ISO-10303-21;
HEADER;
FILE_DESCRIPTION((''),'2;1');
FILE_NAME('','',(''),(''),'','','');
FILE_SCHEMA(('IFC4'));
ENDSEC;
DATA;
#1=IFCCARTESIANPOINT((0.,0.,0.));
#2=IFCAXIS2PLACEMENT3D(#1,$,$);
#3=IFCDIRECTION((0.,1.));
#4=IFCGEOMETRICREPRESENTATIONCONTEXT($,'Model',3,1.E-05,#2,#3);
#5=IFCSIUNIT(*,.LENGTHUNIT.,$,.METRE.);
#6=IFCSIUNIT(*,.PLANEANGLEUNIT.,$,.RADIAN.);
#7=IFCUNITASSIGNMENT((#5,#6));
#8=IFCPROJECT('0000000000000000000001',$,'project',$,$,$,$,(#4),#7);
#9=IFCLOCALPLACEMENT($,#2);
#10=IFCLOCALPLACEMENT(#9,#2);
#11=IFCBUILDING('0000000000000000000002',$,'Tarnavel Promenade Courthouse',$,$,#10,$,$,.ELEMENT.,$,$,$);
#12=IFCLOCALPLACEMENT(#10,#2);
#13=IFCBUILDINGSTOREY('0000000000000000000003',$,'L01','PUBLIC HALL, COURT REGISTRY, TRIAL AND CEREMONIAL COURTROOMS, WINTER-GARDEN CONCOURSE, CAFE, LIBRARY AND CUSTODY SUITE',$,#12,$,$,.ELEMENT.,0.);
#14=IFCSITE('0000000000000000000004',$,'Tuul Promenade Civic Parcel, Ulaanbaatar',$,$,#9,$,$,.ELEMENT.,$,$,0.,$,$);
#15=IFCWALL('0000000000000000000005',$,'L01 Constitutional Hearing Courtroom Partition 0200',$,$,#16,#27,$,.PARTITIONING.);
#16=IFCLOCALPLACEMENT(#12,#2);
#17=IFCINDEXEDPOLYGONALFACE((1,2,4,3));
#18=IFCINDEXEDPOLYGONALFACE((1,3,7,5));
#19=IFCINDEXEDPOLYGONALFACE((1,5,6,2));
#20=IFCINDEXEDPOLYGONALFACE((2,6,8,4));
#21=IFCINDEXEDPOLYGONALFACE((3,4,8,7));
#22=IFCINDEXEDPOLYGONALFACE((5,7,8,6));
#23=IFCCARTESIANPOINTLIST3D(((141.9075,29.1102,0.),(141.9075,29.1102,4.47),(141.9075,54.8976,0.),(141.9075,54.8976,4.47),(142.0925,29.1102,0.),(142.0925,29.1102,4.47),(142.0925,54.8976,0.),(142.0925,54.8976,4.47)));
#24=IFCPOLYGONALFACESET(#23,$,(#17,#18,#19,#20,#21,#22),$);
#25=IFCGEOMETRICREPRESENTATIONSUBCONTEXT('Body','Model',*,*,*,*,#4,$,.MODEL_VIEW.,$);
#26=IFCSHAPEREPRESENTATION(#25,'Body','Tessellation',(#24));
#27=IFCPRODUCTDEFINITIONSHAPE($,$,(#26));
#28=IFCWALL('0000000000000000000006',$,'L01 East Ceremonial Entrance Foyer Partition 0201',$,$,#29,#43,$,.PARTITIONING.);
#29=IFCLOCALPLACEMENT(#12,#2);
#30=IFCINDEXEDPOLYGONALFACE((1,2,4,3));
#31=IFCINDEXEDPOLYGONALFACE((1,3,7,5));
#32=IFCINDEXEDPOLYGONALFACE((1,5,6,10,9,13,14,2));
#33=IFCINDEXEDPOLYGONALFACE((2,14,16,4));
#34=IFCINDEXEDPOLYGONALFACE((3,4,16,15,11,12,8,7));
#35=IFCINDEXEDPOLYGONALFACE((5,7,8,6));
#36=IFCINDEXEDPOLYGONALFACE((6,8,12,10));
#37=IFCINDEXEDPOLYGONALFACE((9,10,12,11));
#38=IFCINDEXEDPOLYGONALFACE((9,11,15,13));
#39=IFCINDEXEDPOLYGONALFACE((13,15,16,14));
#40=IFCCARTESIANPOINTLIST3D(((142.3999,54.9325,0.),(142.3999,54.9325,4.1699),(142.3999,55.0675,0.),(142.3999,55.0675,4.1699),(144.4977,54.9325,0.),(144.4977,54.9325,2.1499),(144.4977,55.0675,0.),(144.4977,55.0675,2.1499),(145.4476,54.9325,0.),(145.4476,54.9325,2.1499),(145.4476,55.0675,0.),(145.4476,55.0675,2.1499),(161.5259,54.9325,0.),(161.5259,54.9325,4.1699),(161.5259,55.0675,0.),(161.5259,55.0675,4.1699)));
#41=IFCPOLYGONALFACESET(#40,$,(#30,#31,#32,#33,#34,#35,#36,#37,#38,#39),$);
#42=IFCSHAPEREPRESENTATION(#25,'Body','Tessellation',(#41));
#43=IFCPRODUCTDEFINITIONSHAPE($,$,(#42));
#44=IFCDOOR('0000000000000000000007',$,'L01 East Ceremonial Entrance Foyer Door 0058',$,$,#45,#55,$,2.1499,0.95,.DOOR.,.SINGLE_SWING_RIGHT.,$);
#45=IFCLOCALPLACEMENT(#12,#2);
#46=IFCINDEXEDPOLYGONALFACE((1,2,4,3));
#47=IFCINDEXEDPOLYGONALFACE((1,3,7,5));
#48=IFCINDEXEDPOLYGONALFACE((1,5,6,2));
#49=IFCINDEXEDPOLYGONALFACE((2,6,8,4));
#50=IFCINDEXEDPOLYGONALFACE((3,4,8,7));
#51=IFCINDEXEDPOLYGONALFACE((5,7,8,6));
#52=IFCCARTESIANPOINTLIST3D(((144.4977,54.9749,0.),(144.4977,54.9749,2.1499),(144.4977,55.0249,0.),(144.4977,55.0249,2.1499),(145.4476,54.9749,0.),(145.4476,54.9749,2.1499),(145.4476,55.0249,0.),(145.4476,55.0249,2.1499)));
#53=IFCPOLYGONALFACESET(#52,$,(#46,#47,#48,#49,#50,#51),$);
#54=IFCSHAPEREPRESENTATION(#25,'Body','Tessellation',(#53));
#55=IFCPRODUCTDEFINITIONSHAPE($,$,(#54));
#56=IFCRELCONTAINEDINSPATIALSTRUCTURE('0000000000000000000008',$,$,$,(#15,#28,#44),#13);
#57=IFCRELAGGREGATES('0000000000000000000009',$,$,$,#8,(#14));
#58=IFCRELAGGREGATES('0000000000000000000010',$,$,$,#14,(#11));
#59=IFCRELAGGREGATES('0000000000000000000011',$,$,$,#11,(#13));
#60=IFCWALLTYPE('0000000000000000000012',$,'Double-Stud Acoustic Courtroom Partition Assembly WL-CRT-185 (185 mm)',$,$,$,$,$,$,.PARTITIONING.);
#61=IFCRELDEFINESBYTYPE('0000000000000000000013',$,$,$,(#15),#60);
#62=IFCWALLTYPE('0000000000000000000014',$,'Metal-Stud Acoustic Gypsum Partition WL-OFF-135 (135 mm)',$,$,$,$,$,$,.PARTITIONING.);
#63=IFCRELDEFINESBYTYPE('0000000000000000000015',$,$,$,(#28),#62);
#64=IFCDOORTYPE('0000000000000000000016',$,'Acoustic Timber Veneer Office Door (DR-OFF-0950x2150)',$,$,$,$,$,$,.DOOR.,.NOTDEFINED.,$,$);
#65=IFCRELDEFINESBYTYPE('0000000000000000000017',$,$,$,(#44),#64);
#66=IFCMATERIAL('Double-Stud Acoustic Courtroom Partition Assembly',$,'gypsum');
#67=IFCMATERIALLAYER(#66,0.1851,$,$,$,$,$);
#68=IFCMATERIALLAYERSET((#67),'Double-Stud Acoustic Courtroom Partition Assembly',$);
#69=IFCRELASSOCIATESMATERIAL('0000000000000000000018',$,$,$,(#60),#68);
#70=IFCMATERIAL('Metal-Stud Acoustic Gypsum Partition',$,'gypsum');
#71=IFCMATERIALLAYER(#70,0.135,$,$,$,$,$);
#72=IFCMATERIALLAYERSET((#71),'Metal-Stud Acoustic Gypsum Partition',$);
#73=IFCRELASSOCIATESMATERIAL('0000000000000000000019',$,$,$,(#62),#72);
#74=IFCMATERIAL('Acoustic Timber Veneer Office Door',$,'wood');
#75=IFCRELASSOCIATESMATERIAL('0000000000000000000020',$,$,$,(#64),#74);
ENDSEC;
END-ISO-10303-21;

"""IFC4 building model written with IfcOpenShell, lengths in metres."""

from ifc_helpers import new_model, si_unit, direction, frame, frame_2d, origin, place, context, subcontext, project, spatial, rectangle, extrude, material, layer, layer_set, type_object, element, fill, save


model = new_model("IFC4")

# Units and contexts
model_context = context("Model", 3, precision=1e-05, world=origin(), true_north=direction((0.0, 1.0)))
body_context = subcontext(model_context, "Body", "Model", "MODEL_VIEW")
ifc_project = project(units=[si_unit("LENGTHUNIT", "METRE"), si_unit("PLANEANGLEUNIT", "RADIAN")], contexts=[model_context])

# Site, building, storey
site_placement = place(None, origin())
site = spatial("IfcSite", under=ifc_project, at=site_placement, Name="Tuul Promenade Civic Parcel, Ulaanbaatar", CompositionType="ELEMENT", RefElevation=0.0)
building_placement = place(site_placement, origin())
building = spatial("IfcBuilding", under=site, at=building_placement, Name="Tarnavel Promenade Courthouse", CompositionType="ELEMENT")
storey_placement = place(building_placement, origin())
storey = spatial("IfcBuildingStorey", under=building, at=storey_placement, Name="L01", Description="PUBLIC HALL, COURT REGISTRY, TRIAL AND CEREMONIAL COURTROOMS, WINTER-GARDEN CONCOURSE, CAFE, LIBRARY AND CUSTODY SUITE", CompositionType="ELEMENT", Elevation=0.0)

# Wall
ifc_material_1 = material(Name="Double-Stud Acoustic Courtroom Partition Assembly", Category="gypsum")
ifc_layer_1 = layer(ifc_material_1, 0.1851)
ifc_layer_set_1 = layer_set([ifc_layer_1], Name="Double-Stud Acoustic Courtroom Partition Assembly")
wall_type_1 = type_object("IfcWallType", Name="Double-Stud Acoustic Courtroom Partition Assembly WL-CRT-185 (185 mm)", PredefinedType="PARTITIONING", material=ifc_layer_set_1)
wall_1_placement = place(storey_placement, frame((142.0, 54.8975, 0.0), z_axis=(0.0, 0.0, 1.0), x_axis=(0.0, -1.0, 0.0)))
element("IfcWall", 1, at=wall_1_placement, inside=storey, type_object=wall_type_1, Name="L01 Constitutional Hearing Courtroom Partition 0200", PredefinedType="PARTITIONING", context=body_context, shape_type="SweptSolid", body=[
    extrude(rectangle(XDim=25.7874, YDim=0.1851, at=frame_2d((12.8936, 0.0))), origin(), (0.0, 0.0, 1.0), 4.47),
])

# Wall, opening, door
ifc_material_2 = material(Name="Metal-Stud Acoustic Gypsum Partition", Category="gypsum")
ifc_layer_2 = layer(ifc_material_2, 0.135)
ifc_layer_set_2 = layer_set([ifc_layer_2], Name="Metal-Stud Acoustic Gypsum Partition")
wall_type_2 = type_object("IfcWallType", Name="Metal-Stud Acoustic Gypsum Partition WL-OFF-135 (135 mm)", PredefinedType="PARTITIONING", material=ifc_layer_set_2)
wall_2_placement = place(storey_placement, frame((142.3999, 55.0, 0.0), z_axis=(0.0, 0.0, 1.0), x_axis=(1.0, 0.0, 0.0)))
wall_2 = element("IfcWall", 2, at=wall_2_placement, inside=storey, type_object=wall_type_2, Name="L01 East Ceremonial Entrance Foyer Partition 0201", PredefinedType="PARTITIONING", context=body_context, shape_type="SweptSolid", body=[
    extrude(rectangle(XDim=19.126, YDim=0.135, at=frame_2d((9.563, 0.0))), origin(), (0.0, 0.0, 1.0), 4.1699),
])
opening_placement = place(wall_2_placement, frame((2.0977, 0.0, 0.0)))
opening = element("IfcOpeningElement", 3, at=opening_placement, cuts=wall_2, PredefinedType="OPENING", context=body_context, shape_type="SweptSolid", body=[
    extrude(rectangle(XDim=0.95, YDim=2.1499, at=frame_2d((0.4751, 1.075))), frame((0.0, 0.0774, 0.0), z_axis=(0.0, -1.0, 0.0), x_axis=(1.0, 0.0, 0.0)), (0.0, 0.0, 1.0), 0.155),
])
ifc_material_3 = material(Name="Acoustic Timber Veneer Office Door", Category="wood")
door_type = type_object("IfcDoorType", Name="Acoustic Timber Veneer Office Door (DR-OFF-0950x2150)", OperationType="NOTDEFINED", PredefinedType="DOOR", material=ifc_material_3)
door_placement = place(opening_placement, origin())
door = element("IfcDoor", 4, at=door_placement, inside=storey, type_object=door_type, Name="L01 East Ceremonial Entrance Foyer Door 0058", OperationType="SINGLE_SWING_RIGHT", OverallHeight=2.1499, OverallWidth=0.95, PredefinedType="DOOR", context=body_context, shape_type="SweptSolid", body=[
    extrude(rectangle(XDim=0.95, YDim=2.1499, at=frame_2d((0.4751, 1.075))), frame((0.0, 0.0249, 0.0), z_axis=(0.0, -1.0, 0.0), x_axis=(1.0, 0.0, 0.0)), (0.0, 0.0, 1.0), 0.05),
])
fill(opening, door)

save(model, "model.ifc")
